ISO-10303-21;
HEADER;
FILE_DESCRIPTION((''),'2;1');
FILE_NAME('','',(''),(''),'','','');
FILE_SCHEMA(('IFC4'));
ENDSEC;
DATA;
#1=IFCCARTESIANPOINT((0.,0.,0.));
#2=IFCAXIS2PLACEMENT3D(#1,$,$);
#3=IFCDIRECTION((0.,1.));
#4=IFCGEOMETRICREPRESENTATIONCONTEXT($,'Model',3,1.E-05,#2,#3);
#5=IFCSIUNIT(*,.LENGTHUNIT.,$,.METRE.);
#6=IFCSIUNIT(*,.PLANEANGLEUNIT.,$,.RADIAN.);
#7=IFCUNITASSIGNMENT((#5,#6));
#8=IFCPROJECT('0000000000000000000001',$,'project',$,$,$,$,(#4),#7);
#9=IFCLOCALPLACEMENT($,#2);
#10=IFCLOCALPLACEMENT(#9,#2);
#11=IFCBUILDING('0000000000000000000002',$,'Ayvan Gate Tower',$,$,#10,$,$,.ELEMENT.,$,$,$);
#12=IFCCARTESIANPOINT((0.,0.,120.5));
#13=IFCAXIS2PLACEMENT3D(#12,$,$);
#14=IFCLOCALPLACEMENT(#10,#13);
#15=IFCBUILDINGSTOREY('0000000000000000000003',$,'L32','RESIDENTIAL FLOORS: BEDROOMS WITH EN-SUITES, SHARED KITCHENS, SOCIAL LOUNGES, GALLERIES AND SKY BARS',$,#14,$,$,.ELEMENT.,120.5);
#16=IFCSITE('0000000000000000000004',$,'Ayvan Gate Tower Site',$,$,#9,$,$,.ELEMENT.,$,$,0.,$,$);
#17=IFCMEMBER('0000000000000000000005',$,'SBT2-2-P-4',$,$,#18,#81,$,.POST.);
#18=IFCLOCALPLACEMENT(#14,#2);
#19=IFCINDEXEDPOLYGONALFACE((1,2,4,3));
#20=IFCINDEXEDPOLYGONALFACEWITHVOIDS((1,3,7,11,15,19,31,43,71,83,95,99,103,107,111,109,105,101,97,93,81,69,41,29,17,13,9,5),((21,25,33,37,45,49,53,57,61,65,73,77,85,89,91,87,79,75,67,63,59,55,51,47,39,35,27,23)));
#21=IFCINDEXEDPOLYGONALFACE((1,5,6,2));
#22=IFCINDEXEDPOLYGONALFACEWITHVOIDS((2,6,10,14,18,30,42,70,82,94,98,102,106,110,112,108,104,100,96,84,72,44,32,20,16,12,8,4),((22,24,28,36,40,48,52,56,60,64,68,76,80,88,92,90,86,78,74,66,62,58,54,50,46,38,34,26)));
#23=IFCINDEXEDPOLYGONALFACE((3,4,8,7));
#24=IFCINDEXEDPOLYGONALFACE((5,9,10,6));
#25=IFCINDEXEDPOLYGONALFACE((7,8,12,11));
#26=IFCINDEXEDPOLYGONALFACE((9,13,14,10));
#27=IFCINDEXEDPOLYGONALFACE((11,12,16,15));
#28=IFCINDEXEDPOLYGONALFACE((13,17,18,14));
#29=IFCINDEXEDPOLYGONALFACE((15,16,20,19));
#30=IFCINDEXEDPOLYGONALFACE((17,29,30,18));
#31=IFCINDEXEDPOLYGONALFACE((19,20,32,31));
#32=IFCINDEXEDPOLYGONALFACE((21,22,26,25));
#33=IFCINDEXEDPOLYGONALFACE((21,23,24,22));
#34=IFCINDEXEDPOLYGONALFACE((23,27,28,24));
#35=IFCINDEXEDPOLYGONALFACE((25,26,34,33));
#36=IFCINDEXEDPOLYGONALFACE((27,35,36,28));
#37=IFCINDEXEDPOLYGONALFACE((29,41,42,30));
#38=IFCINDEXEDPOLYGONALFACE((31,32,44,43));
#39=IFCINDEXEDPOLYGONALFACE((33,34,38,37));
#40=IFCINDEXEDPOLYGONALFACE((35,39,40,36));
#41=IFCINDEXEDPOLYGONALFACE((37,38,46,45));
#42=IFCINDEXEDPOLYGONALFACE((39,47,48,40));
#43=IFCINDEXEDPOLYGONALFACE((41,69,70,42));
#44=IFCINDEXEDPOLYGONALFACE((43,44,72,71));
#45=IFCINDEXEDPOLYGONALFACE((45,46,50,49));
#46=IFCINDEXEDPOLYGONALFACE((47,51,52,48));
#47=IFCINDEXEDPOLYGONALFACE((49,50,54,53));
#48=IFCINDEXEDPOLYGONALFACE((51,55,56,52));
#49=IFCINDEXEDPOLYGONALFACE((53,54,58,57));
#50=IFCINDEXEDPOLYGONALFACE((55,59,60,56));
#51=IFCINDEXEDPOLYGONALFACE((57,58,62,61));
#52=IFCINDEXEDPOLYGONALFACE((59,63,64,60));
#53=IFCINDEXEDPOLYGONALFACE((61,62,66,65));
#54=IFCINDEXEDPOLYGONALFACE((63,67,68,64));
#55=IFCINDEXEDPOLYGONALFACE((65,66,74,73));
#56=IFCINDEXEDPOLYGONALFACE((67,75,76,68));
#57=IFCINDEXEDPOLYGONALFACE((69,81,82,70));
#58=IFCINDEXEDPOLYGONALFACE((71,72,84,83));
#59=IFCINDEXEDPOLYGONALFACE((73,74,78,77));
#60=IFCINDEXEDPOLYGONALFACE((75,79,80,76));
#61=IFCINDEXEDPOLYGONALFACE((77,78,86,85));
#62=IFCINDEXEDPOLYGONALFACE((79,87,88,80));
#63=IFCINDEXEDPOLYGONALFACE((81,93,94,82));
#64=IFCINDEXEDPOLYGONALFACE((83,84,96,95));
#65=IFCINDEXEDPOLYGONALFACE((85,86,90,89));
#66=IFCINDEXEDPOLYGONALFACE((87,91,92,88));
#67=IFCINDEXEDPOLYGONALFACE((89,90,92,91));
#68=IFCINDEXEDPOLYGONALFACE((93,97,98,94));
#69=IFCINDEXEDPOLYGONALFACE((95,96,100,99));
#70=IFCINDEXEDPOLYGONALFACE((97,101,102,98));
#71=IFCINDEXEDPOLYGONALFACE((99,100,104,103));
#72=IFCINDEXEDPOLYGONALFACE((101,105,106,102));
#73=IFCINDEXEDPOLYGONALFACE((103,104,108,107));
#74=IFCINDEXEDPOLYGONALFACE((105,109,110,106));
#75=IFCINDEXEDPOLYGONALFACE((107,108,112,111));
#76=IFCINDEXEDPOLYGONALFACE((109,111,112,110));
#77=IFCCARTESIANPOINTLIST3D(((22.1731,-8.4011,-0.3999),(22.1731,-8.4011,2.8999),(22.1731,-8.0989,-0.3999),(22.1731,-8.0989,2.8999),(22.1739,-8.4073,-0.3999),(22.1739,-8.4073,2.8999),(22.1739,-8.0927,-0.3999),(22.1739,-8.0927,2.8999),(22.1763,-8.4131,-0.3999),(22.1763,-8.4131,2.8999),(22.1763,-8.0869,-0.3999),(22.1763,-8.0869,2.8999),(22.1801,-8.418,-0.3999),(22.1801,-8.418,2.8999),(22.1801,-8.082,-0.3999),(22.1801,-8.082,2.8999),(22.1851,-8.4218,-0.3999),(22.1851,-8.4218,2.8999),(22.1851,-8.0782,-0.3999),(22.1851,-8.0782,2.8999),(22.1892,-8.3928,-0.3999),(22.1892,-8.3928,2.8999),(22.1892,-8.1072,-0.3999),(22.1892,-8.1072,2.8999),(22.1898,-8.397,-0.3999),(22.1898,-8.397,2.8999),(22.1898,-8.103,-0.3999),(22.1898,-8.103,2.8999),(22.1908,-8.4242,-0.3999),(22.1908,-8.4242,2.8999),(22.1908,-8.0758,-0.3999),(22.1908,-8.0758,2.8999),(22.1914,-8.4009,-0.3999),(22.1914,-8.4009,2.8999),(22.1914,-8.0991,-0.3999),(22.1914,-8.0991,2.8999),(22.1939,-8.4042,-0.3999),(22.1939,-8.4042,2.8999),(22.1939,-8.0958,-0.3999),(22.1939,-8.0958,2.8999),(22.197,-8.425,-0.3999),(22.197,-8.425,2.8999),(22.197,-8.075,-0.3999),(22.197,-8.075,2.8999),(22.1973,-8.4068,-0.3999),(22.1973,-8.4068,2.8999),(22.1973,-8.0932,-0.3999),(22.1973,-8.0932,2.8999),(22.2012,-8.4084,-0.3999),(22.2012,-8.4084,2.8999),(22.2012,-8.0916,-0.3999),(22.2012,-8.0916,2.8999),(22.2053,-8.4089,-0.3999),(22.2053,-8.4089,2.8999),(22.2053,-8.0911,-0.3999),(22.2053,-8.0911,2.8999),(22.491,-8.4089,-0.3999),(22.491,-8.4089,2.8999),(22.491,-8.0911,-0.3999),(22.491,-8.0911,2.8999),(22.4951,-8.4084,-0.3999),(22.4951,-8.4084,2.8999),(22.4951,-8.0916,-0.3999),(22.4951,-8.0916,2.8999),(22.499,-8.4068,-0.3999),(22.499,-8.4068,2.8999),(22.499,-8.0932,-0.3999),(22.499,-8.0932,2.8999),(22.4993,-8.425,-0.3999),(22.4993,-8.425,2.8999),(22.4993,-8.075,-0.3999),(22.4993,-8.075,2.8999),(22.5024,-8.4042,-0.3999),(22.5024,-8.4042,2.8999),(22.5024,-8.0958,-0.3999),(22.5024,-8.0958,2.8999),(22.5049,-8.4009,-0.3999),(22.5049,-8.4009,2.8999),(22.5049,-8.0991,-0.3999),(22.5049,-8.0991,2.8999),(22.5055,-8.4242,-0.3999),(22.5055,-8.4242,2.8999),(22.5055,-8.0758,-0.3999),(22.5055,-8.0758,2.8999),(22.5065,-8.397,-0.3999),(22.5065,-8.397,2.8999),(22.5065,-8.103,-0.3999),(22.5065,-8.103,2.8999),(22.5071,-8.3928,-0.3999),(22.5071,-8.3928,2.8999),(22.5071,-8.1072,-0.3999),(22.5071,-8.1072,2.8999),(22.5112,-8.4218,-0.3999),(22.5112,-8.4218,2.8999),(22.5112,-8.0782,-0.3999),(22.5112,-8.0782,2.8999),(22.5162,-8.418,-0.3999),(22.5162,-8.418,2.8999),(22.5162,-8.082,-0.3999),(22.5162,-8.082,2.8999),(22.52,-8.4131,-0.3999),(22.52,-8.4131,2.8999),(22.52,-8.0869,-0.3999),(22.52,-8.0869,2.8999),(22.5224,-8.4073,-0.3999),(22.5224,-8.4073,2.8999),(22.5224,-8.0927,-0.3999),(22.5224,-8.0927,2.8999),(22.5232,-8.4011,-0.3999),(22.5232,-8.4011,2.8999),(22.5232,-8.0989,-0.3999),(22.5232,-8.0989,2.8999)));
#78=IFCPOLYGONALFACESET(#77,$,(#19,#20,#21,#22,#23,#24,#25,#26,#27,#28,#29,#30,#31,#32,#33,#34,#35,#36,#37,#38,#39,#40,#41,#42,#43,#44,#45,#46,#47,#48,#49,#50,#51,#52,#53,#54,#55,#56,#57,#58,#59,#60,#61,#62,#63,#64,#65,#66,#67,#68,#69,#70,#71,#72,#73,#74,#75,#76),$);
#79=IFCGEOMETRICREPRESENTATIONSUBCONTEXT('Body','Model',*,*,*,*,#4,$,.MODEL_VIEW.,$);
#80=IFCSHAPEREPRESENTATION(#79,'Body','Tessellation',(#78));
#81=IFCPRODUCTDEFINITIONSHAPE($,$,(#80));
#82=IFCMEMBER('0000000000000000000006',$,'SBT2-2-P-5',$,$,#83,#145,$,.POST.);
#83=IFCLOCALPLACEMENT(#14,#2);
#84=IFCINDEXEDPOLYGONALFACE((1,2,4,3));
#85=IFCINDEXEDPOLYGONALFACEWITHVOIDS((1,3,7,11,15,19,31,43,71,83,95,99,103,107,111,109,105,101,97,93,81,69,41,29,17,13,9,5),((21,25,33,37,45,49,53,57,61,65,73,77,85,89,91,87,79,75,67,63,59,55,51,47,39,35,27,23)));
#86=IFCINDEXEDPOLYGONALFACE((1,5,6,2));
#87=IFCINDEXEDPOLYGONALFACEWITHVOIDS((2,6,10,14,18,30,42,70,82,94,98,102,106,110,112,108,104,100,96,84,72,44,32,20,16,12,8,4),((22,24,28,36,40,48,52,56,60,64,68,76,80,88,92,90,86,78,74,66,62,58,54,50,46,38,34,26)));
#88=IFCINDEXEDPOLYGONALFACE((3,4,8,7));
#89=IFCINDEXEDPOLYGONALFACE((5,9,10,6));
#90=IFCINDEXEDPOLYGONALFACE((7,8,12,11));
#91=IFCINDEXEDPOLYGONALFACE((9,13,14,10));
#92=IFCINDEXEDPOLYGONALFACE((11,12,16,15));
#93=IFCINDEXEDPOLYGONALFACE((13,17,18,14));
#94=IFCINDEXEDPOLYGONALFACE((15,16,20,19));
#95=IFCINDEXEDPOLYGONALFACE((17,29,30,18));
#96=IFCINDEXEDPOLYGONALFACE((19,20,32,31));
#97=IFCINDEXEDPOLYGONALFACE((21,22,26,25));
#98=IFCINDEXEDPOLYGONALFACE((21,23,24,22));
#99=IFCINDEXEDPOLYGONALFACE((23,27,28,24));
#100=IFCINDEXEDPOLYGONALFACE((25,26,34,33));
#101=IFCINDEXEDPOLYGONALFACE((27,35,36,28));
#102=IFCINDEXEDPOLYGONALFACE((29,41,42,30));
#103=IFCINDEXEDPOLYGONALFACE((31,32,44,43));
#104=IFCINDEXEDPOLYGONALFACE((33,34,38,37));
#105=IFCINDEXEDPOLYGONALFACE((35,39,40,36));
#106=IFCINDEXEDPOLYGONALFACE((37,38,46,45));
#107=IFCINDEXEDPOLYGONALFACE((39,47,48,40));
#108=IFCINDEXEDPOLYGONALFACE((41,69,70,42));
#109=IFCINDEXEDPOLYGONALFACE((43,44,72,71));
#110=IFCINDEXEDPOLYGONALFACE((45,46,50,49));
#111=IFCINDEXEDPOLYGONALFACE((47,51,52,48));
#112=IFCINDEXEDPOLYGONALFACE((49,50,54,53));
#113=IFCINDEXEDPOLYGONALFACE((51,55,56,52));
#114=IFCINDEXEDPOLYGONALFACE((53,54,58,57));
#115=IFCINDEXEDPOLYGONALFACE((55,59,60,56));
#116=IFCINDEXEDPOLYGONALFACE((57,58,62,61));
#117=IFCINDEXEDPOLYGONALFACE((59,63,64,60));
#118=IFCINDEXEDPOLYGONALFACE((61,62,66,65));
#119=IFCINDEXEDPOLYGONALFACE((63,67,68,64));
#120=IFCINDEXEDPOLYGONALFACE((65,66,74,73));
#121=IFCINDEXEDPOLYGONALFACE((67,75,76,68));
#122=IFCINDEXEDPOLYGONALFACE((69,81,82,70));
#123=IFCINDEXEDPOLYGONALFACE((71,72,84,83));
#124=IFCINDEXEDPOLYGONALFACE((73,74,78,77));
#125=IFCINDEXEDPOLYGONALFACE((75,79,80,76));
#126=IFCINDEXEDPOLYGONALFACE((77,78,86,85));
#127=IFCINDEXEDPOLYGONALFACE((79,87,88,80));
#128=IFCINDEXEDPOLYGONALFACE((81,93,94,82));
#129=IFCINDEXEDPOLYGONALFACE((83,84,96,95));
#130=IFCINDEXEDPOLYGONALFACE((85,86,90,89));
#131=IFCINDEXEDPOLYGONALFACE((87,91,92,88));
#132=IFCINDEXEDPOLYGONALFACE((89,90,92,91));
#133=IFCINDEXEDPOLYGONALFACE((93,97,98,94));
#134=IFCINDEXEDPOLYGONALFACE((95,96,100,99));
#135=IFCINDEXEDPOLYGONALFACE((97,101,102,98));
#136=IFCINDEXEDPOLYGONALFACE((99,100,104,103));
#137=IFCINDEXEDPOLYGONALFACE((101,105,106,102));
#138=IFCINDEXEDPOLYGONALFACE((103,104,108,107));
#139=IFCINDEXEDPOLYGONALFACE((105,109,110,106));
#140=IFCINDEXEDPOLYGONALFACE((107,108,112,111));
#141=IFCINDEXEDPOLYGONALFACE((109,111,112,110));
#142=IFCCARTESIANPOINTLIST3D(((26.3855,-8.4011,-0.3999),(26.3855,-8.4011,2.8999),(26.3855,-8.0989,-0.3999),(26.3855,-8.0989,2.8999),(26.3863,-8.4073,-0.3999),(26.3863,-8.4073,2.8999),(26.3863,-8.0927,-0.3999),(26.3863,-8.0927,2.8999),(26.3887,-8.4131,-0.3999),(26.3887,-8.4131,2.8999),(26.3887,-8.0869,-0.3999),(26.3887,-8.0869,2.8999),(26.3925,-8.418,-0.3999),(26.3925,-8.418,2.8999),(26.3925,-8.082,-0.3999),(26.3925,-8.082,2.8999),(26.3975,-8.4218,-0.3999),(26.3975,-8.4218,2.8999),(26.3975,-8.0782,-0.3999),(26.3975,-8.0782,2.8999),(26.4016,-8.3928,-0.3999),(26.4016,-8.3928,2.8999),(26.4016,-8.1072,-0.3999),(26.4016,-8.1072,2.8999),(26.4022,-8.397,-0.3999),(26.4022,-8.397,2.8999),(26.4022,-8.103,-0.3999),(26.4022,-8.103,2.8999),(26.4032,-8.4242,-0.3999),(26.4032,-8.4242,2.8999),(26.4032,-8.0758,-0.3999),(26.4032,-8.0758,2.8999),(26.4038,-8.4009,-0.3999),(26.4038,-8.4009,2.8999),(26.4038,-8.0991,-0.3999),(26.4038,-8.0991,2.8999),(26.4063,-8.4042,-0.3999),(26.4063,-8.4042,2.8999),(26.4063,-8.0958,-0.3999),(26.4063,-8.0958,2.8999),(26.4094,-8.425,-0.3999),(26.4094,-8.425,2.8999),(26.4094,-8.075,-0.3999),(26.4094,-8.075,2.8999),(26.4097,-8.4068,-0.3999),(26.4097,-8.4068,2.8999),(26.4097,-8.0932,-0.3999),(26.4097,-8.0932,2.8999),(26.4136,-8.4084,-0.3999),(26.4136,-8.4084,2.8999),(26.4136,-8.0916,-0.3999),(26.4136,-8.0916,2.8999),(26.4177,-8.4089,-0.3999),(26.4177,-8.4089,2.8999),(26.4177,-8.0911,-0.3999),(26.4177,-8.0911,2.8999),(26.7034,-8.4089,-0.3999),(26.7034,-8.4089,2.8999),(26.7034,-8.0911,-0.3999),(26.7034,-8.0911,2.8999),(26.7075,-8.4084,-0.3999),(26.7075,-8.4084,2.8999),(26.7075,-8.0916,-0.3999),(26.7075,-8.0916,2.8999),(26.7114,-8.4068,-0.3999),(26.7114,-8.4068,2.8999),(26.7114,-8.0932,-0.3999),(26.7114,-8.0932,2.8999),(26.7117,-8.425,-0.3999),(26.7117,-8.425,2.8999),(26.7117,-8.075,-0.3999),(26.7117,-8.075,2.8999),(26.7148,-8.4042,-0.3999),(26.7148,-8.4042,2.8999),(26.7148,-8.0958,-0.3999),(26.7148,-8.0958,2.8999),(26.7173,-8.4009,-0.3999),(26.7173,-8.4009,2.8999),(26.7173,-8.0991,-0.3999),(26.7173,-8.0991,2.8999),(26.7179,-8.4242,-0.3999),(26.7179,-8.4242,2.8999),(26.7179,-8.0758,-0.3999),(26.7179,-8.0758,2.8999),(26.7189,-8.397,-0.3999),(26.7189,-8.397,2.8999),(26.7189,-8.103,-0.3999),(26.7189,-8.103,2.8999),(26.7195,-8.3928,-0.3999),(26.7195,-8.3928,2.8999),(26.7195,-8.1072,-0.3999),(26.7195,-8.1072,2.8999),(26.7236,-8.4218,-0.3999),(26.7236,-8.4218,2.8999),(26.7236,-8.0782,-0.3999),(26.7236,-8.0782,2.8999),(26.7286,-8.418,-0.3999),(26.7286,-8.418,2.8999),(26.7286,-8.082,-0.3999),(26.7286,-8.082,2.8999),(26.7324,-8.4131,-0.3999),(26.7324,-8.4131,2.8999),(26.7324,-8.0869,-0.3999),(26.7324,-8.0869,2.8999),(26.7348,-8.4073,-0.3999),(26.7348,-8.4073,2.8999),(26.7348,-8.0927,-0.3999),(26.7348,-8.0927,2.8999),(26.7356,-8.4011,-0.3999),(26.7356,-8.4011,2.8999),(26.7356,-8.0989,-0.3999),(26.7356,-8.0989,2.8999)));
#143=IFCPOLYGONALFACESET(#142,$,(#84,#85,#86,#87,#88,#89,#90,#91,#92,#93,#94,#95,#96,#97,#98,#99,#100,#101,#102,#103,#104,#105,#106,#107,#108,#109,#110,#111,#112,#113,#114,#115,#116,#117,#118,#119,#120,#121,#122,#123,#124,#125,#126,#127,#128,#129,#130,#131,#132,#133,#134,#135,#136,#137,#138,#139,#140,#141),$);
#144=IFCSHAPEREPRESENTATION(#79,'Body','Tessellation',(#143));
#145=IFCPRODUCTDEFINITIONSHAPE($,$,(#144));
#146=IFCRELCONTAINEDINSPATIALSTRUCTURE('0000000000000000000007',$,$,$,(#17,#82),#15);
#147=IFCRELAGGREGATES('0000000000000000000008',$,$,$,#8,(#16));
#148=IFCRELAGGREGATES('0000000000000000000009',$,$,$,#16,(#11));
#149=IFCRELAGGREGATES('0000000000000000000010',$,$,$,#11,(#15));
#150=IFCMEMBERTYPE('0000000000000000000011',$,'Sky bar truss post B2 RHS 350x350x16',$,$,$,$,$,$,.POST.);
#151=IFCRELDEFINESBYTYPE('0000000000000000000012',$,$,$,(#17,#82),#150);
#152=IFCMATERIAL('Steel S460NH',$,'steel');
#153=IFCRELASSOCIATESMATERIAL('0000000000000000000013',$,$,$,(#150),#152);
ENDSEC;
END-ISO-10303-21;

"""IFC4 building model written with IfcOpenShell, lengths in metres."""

from ifc_helpers import new_model, si_unit, direction, frame, origin, origin_2d, place, context, subcontext, project, spatial, hollow_rectangle, extrude, material, material_profile, profile_set, type_object, element, save


model = new_model("IFC4")

# Units and contexts
model_context = context("Model", 3, precision=1e-05, world=origin(), true_north=direction((0.0, 1.0)))
body_context = subcontext(model_context, "Body", "Model", "MODEL_VIEW")
ifc_project = project(units=[si_unit("LENGTHUNIT", "METRE"), si_unit("PLANEANGLEUNIT", "RADIAN")], contexts=[model_context])

# Site, building, storey
site_placement = place(None, origin())
site = spatial("IfcSite", under=ifc_project, at=site_placement, Name="Ayvan Gate Tower Site", CompositionType="ELEMENT", RefElevation=0.0)
building_placement = place(site_placement, origin())
building = spatial("IfcBuilding", under=site, at=building_placement, Name="Ayvan Gate Tower", CompositionType="ELEMENT")
storey_placement = place(building_placement, frame((0.0, 0.0, 120.5)))
storey = spatial("IfcBuildingStorey", under=building, at=storey_placement, Name="L32", Description="RESIDENTIAL FLOORS: BEDROOMS WITH EN-SUITES, SHARED KITCHENS, SOCIAL LOUNGES, GALLERIES AND SKY BARS", CompositionType="ELEMENT", Elevation=120.5)

# Members
ifc_material_1 = material(Name="Steel S460NH", Category="steel")
ifc_material_profile_1 = material_profile(ifc_material_1, hollow_rectangle(XDim=0.3501, YDim=0.3501, WallThickness=0.0161, InnerFilletRadius=0.0161, OuterFilletRadius=0.0239, at=origin_2d()), Name="RHS 350x350x16")
ifc_profile_set_1 = profile_set([ifc_material_profile_1], Name="Steel S460NH")
member_type_1 = type_object("IfcMemberType", Name="Sky bar truss post B2 RHS 350x350x16", PredefinedType="POST", material=ifc_profile_set_1)
for number, where, z_axis, x_axis, name in (
    (1, (22.3481, -8.25, -0.3999), (0.0, 0.0, 1.0), (1.0, 0.0, 0.0), "SBT2-2-P-4"),
    (2, (26.5605, -8.25, -0.3999), (0.0, 0.0, 1.0), (1.0, 0.0, 0.0), "SBT2-2-P-5"),
):
    element("IfcMember", number, at=place(storey_placement, frame(where, z_axis=z_axis, x_axis=x_axis)), inside=storey, type_object=member_type_1, Name=name, PredefinedType="POST", context=body_context, shape_type="SweptSolid", body=[
        extrude(hollow_rectangle(XDim=0.3501, YDim=0.3501, WallThickness=0.0161, InnerFilletRadius=0.0161, OuterFilletRadius=0.0239, at=origin_2d()), origin(), (0.0, 0.0, 1.0), 3.2998),
    ])

save(model, "model.ifc")
